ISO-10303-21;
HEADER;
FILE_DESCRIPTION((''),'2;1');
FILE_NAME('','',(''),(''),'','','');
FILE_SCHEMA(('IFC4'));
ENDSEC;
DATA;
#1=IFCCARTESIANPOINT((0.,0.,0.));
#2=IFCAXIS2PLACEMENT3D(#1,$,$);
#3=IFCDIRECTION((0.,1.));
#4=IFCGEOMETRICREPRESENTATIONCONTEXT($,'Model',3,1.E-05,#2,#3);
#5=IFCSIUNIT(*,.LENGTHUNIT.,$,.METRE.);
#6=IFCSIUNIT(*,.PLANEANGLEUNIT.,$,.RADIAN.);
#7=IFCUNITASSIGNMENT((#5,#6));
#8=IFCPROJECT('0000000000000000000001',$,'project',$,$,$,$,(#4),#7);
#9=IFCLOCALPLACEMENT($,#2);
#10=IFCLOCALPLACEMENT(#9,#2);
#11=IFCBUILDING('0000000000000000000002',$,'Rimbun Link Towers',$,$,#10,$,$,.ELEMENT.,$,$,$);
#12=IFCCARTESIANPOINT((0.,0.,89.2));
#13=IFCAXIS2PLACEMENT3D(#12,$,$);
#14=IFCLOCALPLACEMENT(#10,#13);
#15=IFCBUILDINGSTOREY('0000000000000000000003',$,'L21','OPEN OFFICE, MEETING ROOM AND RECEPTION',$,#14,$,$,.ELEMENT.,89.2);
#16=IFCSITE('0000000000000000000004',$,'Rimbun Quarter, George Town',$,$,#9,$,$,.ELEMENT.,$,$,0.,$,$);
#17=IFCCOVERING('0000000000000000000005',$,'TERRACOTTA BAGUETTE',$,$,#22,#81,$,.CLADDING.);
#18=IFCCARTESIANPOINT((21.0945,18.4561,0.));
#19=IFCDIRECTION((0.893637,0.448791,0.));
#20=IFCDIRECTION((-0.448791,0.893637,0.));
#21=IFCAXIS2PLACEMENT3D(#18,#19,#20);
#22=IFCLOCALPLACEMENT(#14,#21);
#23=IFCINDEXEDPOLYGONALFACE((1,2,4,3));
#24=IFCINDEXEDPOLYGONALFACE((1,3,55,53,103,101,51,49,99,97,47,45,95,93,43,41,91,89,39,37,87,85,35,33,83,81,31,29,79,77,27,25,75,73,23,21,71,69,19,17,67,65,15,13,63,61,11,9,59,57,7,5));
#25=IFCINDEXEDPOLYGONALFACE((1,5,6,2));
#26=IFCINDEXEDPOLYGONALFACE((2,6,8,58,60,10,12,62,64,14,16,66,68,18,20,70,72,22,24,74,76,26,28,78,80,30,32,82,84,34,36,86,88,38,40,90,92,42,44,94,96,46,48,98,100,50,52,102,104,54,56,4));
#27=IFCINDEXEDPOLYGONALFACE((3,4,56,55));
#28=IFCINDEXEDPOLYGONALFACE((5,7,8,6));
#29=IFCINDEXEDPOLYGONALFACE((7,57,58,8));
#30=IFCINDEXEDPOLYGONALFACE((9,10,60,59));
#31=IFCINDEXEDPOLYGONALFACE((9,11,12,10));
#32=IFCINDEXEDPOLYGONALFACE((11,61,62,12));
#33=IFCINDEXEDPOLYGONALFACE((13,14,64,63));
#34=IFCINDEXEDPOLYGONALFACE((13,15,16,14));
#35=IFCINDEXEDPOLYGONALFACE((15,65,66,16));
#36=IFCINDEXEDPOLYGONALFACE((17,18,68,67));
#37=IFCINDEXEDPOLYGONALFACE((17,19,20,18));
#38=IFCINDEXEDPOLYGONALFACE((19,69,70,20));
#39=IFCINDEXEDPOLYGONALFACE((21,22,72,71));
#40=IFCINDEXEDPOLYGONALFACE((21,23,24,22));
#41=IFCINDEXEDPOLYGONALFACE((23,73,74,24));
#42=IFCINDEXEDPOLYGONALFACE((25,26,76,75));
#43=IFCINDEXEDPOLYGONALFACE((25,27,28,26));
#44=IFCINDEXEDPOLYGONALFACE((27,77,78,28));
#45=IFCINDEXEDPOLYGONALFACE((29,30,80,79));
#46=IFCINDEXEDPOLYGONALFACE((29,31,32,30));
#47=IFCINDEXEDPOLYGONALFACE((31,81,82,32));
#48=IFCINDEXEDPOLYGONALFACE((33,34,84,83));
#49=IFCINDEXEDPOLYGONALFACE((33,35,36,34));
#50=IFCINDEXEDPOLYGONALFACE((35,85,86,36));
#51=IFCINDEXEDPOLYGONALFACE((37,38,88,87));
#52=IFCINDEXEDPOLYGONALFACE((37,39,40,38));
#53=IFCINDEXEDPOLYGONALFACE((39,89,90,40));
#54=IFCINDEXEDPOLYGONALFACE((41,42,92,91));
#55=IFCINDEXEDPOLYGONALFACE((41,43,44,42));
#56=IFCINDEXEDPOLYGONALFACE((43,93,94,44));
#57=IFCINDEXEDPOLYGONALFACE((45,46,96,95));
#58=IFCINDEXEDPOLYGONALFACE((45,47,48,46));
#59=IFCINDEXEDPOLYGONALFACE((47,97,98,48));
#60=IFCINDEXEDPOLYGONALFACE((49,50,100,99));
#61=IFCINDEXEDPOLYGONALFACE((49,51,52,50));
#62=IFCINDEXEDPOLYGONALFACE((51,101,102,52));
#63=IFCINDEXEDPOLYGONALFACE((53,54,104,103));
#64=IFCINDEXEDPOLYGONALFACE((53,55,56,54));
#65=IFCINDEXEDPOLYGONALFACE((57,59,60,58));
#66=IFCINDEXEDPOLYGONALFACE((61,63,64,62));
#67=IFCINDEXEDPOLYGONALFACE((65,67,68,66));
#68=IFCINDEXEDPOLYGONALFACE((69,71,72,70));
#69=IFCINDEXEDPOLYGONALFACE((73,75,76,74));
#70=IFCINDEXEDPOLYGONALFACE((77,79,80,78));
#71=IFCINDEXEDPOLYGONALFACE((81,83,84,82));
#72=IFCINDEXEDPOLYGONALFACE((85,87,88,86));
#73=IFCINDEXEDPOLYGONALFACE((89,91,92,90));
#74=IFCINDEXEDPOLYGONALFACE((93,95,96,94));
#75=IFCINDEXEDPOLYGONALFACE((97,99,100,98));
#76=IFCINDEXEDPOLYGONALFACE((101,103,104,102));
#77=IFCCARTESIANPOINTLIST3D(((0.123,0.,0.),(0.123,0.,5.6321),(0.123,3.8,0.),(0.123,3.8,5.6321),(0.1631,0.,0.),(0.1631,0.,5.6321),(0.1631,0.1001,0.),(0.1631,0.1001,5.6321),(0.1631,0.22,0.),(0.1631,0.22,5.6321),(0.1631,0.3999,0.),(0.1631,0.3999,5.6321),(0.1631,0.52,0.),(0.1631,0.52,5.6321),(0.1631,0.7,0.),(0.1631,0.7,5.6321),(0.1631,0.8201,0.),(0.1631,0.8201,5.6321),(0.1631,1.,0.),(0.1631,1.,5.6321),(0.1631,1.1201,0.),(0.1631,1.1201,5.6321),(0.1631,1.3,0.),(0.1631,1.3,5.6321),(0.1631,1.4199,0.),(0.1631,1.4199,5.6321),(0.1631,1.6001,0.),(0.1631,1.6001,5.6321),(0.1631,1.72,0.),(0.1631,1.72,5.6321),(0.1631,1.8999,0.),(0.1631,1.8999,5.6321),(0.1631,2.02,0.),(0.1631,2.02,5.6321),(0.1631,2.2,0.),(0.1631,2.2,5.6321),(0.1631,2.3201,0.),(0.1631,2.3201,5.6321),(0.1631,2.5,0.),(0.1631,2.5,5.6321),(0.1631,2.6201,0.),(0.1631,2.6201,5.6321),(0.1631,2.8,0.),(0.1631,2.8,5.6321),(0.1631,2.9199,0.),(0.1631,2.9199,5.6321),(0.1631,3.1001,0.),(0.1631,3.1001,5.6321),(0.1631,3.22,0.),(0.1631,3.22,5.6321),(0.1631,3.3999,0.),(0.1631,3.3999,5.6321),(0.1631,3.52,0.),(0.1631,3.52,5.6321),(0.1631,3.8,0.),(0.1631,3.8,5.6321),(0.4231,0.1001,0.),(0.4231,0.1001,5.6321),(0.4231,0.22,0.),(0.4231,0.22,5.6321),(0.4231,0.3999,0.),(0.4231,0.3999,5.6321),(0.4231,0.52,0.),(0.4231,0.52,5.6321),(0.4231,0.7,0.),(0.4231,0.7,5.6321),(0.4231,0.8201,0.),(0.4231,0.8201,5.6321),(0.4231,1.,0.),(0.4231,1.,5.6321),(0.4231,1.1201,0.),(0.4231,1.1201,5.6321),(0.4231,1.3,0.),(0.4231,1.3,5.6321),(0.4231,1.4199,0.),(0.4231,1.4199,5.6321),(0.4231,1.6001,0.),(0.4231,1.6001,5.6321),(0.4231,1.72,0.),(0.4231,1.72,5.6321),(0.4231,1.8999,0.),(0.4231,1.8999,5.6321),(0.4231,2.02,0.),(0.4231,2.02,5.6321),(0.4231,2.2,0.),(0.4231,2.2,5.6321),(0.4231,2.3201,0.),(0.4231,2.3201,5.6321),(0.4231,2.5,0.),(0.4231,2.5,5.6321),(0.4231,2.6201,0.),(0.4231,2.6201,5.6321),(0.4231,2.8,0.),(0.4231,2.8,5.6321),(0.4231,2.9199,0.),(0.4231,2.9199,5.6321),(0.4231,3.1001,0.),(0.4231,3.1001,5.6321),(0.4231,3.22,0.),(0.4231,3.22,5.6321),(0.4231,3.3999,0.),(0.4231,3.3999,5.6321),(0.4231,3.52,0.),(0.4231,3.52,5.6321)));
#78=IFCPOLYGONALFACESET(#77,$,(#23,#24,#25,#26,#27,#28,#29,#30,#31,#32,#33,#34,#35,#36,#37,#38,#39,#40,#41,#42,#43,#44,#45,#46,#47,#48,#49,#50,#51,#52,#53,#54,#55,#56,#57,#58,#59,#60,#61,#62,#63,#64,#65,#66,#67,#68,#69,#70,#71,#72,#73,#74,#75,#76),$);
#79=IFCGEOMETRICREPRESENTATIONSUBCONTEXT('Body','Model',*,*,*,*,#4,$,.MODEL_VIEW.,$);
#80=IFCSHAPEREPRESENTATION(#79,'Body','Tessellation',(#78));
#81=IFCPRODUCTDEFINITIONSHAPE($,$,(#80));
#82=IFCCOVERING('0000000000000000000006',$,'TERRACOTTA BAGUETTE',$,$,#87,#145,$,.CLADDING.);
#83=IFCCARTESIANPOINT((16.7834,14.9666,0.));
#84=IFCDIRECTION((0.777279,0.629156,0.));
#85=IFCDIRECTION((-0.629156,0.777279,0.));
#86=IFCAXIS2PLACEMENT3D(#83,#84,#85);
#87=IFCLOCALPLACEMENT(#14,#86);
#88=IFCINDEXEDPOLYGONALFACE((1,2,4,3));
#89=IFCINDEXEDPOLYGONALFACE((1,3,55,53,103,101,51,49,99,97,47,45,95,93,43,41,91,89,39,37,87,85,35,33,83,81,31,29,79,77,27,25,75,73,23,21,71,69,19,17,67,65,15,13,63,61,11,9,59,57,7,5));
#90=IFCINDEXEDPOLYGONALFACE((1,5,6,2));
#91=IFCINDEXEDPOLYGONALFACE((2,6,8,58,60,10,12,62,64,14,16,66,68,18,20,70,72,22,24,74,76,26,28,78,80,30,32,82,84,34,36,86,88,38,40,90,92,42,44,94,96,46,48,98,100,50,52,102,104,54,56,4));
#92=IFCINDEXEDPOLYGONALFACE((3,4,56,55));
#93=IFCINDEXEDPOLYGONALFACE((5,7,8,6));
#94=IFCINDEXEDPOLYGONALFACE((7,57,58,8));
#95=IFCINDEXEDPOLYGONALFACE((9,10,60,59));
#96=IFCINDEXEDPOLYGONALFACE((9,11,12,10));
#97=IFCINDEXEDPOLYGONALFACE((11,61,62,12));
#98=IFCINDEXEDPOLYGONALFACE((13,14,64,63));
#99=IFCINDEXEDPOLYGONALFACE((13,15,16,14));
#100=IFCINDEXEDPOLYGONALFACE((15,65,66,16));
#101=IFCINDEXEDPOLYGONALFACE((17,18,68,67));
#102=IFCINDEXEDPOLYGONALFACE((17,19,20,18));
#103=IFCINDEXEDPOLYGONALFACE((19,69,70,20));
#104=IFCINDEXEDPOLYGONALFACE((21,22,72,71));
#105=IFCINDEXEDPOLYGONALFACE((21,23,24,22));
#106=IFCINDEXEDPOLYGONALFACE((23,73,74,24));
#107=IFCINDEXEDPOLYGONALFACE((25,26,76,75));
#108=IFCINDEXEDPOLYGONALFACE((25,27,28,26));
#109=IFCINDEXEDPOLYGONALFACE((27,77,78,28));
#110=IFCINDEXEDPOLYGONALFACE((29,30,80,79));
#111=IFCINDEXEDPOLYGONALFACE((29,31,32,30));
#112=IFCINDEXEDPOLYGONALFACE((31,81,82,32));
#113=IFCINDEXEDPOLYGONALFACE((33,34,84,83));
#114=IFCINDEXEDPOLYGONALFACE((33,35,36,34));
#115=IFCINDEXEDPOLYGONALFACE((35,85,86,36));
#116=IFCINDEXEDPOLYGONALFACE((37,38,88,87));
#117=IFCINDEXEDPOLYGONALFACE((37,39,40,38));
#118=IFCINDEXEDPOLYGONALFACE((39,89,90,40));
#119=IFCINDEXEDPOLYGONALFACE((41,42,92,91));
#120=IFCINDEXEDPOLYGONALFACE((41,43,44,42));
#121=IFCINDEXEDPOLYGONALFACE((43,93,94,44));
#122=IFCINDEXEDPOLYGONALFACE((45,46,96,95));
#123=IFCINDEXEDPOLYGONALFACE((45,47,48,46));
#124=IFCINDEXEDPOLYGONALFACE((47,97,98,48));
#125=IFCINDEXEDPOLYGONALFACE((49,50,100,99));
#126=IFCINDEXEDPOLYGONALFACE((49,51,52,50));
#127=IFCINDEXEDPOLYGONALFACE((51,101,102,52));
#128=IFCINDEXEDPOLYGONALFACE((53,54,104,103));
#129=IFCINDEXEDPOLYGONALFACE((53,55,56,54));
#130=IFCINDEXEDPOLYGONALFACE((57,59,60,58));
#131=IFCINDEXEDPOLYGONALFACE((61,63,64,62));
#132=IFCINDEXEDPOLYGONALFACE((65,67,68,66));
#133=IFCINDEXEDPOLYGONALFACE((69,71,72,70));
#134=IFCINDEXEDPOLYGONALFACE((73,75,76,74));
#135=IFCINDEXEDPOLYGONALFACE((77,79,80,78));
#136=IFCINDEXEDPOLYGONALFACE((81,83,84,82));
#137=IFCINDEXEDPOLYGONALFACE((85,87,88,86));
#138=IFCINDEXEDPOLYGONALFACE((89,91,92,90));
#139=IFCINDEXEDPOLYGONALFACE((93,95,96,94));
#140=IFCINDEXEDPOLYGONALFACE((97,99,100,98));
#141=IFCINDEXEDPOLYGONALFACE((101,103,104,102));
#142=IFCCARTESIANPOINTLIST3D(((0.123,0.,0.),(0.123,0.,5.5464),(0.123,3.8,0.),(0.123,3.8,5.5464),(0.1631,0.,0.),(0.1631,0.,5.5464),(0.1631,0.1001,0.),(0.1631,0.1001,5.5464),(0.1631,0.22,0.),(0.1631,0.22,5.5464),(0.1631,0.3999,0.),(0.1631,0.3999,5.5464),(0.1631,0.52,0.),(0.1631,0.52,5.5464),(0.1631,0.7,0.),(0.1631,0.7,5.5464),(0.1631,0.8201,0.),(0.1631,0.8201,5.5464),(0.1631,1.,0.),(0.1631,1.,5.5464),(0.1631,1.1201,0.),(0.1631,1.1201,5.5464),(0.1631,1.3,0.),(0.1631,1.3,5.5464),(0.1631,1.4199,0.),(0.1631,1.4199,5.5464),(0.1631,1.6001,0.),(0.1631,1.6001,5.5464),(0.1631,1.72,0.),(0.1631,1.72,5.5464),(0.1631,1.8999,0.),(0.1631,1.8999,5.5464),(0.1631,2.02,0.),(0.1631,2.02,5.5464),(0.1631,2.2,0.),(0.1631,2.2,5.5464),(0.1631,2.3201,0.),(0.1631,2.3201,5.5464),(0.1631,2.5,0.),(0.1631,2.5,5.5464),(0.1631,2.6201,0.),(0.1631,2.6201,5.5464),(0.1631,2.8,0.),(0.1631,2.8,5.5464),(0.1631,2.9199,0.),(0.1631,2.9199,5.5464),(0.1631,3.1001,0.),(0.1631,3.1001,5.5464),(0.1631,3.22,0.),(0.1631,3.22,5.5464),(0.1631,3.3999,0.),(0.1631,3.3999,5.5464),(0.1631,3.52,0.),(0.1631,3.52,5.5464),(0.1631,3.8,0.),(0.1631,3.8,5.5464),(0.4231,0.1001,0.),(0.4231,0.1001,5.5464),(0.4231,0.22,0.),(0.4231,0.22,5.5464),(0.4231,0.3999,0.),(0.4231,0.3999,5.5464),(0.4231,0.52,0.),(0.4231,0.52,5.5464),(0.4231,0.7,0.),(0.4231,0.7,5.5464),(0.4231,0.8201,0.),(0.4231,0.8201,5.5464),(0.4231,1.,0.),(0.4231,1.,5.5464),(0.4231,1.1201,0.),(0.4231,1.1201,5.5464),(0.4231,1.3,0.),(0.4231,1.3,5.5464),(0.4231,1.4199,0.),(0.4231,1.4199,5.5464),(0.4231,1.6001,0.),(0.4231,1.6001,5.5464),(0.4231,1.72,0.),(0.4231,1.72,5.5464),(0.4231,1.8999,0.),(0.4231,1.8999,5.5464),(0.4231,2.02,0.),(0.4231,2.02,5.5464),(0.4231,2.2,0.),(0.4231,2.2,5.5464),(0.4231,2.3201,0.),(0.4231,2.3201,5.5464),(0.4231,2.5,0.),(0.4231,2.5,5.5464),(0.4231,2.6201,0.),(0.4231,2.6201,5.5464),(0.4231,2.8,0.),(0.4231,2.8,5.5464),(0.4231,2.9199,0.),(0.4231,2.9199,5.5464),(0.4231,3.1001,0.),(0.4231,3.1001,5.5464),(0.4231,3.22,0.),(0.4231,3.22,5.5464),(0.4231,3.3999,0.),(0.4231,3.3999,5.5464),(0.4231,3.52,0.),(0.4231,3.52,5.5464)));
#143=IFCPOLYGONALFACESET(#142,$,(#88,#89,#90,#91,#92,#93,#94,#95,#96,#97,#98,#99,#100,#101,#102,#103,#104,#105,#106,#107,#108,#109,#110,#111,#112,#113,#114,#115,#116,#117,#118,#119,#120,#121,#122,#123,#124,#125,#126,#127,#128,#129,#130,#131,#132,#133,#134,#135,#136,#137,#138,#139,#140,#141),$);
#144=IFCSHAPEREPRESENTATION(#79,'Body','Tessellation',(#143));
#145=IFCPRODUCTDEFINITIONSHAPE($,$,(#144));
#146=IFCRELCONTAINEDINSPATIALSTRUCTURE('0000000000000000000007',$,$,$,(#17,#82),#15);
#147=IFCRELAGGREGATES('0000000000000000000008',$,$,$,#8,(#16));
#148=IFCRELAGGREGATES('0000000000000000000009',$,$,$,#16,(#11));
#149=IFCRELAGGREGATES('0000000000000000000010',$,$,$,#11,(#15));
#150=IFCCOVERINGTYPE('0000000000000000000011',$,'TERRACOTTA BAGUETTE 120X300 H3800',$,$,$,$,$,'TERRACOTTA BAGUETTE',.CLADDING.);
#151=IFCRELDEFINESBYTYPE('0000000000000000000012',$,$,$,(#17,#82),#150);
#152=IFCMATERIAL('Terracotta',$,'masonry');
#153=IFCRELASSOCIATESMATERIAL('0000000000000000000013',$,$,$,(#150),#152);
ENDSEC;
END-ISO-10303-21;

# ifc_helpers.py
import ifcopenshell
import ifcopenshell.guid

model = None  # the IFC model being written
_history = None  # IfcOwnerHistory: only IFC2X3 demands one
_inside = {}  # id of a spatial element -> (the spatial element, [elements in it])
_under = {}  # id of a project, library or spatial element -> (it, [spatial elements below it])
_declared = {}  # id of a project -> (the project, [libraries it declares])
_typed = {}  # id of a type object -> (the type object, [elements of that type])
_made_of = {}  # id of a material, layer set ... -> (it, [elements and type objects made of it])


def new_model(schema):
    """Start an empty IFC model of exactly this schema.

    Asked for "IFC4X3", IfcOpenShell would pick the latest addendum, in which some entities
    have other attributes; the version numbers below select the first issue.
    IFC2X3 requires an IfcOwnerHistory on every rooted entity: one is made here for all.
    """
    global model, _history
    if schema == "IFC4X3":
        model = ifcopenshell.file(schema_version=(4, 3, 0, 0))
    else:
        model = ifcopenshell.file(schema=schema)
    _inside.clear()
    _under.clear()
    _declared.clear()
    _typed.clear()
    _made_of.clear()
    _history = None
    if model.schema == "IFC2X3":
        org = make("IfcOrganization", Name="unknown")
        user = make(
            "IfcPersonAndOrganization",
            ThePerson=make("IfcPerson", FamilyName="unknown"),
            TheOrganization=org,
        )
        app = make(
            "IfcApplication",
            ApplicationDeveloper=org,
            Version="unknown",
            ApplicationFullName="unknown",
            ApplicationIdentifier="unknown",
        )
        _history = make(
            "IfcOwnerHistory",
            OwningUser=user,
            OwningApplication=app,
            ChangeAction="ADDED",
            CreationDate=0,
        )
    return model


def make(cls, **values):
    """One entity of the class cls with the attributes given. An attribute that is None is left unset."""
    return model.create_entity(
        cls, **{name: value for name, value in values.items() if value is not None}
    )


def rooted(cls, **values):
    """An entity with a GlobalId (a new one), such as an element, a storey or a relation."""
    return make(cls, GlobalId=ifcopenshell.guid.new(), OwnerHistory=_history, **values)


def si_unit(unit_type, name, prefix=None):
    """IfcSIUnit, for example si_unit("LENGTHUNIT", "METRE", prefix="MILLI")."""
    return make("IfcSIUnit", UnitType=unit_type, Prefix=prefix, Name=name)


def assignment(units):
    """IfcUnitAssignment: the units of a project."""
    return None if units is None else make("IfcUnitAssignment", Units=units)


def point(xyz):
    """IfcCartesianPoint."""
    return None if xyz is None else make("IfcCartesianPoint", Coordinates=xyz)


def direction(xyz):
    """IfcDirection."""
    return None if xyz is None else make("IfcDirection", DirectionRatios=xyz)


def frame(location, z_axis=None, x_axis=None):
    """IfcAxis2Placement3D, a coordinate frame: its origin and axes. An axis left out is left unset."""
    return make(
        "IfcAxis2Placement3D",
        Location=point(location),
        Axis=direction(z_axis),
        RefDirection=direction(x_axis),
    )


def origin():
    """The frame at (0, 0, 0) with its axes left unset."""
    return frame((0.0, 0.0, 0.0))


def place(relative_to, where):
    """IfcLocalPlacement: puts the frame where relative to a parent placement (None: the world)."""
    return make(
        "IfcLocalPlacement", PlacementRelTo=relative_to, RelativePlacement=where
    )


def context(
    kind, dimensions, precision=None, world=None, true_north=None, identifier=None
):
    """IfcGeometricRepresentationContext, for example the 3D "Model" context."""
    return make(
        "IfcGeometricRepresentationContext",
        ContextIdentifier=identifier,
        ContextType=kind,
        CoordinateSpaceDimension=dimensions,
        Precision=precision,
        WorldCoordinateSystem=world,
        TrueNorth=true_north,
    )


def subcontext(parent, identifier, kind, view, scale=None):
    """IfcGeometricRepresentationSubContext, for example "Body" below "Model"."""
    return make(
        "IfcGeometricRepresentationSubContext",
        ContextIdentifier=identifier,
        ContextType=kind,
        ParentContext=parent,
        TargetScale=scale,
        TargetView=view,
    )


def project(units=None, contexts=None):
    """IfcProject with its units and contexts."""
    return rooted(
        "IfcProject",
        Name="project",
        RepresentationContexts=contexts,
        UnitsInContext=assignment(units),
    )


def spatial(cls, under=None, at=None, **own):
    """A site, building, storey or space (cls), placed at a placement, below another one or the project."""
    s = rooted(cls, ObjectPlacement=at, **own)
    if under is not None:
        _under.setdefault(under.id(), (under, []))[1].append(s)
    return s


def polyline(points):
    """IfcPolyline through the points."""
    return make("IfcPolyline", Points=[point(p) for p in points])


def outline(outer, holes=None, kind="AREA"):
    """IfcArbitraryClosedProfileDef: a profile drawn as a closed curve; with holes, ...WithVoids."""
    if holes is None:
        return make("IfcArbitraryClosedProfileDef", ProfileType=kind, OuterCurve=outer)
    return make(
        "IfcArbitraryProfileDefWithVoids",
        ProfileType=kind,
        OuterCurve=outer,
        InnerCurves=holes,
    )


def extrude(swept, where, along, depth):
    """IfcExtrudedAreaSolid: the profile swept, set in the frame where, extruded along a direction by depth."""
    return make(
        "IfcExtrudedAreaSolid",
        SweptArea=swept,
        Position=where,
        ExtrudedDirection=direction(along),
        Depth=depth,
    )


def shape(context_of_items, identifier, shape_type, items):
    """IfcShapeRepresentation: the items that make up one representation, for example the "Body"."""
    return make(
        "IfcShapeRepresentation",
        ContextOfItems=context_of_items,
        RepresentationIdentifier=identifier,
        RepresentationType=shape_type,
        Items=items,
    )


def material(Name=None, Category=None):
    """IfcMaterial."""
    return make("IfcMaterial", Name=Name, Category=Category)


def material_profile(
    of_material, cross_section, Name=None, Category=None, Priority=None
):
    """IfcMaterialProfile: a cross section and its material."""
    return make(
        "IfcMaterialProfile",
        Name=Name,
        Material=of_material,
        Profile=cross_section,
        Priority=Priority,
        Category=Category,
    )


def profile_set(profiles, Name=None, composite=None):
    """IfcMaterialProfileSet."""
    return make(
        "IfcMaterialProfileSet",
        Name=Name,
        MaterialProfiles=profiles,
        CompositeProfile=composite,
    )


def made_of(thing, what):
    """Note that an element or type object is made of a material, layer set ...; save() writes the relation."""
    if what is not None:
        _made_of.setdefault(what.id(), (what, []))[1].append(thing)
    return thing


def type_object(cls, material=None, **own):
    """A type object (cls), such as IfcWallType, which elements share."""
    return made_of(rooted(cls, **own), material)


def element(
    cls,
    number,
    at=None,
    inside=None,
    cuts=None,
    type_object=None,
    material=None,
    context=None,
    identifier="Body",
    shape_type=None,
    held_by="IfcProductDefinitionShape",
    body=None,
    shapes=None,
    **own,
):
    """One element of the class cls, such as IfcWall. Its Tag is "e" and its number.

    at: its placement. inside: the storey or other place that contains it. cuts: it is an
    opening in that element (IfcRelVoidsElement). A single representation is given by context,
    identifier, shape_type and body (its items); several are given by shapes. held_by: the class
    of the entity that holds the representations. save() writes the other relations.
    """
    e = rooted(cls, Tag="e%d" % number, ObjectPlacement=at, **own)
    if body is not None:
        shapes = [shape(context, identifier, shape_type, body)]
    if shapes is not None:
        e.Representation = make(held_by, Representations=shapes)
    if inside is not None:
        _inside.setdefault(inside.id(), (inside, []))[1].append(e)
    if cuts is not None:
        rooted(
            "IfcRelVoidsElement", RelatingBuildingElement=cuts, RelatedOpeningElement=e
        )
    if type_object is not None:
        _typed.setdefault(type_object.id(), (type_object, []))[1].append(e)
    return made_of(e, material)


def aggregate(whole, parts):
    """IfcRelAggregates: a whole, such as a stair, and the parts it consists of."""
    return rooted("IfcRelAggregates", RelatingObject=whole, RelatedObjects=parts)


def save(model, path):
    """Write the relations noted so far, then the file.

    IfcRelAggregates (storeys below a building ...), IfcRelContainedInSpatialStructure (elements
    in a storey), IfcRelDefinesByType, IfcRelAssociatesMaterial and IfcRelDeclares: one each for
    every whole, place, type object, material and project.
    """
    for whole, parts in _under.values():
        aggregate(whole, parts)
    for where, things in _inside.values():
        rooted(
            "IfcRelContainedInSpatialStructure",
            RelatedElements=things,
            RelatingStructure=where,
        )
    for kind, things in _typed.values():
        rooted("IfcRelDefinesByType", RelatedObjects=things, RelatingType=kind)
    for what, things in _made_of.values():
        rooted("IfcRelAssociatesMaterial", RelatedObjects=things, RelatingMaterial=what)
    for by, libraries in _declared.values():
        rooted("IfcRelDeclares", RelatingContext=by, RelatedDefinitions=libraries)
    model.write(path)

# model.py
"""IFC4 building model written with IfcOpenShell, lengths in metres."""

from ifc_helpers import new_model, si_unit, direction, frame, origin, place, context, subcontext, project, spatial, polyline, outline, extrude, material, material_profile, profile_set, type_object, element, save


model = new_model("IFC4")

# Units and contexts
model_context = context("Model", 3, precision=1e-05, world=origin(), true_north=direction((0.0, 1.0)))
body_context = subcontext(model_context, "Body", "Model", "MODEL_VIEW")
ifc_project = project(units=[si_unit("LENGTHUNIT", "METRE"), si_unit("PLANEANGLEUNIT", "RADIAN")], contexts=[model_context])

# Site, building, storey
site_placement = place(None, origin())
site = spatial("IfcSite", under=ifc_project, at=site_placement, Name="Rimbun Quarter, George Town", CompositionType="ELEMENT", RefElevation=0.0)
building_placement = place(site_placement, origin())
building = spatial("IfcBuilding", under=site, at=building_placement, Name="Rimbun Link Towers", CompositionType="ELEMENT")
storey_placement = place(building_placement, frame((0.0, 0.0, 89.2)))
storey = spatial("IfcBuildingStorey", under=building, at=storey_placement, Name="L21", Description="OPEN OFFICE, MEETING ROOM AND RECEPTION", CompositionType="ELEMENT", Elevation=89.2)

# Coverings
ifc_material_1 = material(Name="Terracotta", Category="masonry")
ifc_material_profile_1 = material_profile(ifc_material_1, outline(polyline([(0.123, 0.0), (0.1631, 0.0), (0.1631, 0.1001), (0.4231, 0.1001), (0.4231, 0.22), (0.1631, 0.22), (0.1631, 0.3999), (0.4231, 0.3999), (0.4231, 0.52), (0.1631, 0.52), (0.1631, 0.7), (0.4231, 0.7), (0.4231, 0.8201), (0.1631, 0.8201), (0.1631, 1.0), (0.4231, 1.0), (0.4231, 1.1201), (0.1631, 1.1201), (0.1631, 1.3), (0.4231, 1.3), (0.4231, 1.4199), (0.1631, 1.4199), (0.1631, 1.6001), (0.4231, 1.6001), (0.4231, 1.72), (0.1631, 1.72), (0.1631, 1.8999), (0.4231, 1.8999), (0.4231, 2.02), (0.1631, 2.02), (0.1631, 2.2), (0.4231, 2.2), (0.4231, 2.3201), (0.1631, 2.3201), (0.1631, 2.5), (0.4231, 2.5), (0.4231, 2.6201), (0.1631, 2.6201), (0.1631, 2.8), (0.4231, 2.8), (0.4231, 2.9199), (0.1631, 2.9199), (0.1631, 3.1001), (0.4231, 3.1001), (0.4231, 3.22), (0.1631, 3.22), (0.1631, 3.3999), (0.4231, 3.3999), (0.4231, 3.52), (0.1631, 3.52), (0.1631, 3.8), (0.123, 3.8), (0.123, 0.0)])), Name="BAGUETTE 120X300")
ifc_profile_set_1 = profile_set([ifc_material_profile_1], Name="Terracotta")
covering_type = type_object("IfcCoveringType", Name="TERRACOTTA BAGUETTE 120X300 H3800", ElementType="TERRACOTTA BAGUETTE", PredefinedType="CLADDING", material=ifc_profile_set_1)
covering_1_placement = place(storey_placement, frame((21.0945, 18.4561, 0.0), z_axis=(0.893637, 0.448791, 0.0), x_axis=(-0.448791, 0.893637, 0.0)))
element("IfcCovering", 1, at=covering_1_placement, inside=storey, type_object=covering_type, Name="TERRACOTTA BAGUETTE", PredefinedType="CLADDING", context=body_context, shape_type="SweptSolid", body=[
    extrude(outline(polyline([(0.123, 0.0), (0.1631, 0.0), (0.1631, 0.1001), (0.4231, 0.1001), (0.4231, 0.22), (0.1631, 0.22), (0.1631, 0.3999), (0.4231, 0.3999), (0.4231, 0.52), (0.1631, 0.52), (0.1631, 0.7), (0.4231, 0.7), (0.4231, 0.8201), (0.1631, 0.8201), (0.1631, 1.0), (0.4231, 1.0), (0.4231, 1.1201), (0.1631, 1.1201), (0.1631, 1.3), (0.4231, 1.3), (0.4231, 1.4199), (0.1631, 1.4199), (0.1631, 1.6001), (0.4231, 1.6001), (0.4231, 1.72), (0.1631, 1.72), (0.1631, 1.8999), (0.4231, 1.8999), (0.4231, 2.02), (0.1631, 2.02), (0.1631, 2.2), (0.4231, 2.2), (0.4231, 2.3201), (0.1631, 2.3201), (0.1631, 2.5), (0.4231, 2.5), (0.4231, 2.6201), (0.1631, 2.6201), (0.1631, 2.8), (0.4231, 2.8), (0.4231, 2.9199), (0.1631, 2.9199), (0.1631, 3.1001), (0.4231, 3.1001), (0.4231, 3.22), (0.1631, 3.22), (0.1631, 3.3999), (0.4231, 3.3999), (0.4231, 3.52), (0.1631, 3.52), (0.1631, 3.8), (0.123, 3.8), (0.123, 0.0)])), origin(), (0.0, 0.0, 1.0), 5.6321),
])
covering_2_placement = place(storey_placement, frame((16.7834, 14.9666, 0.0), z_axis=(0.777279, 0.629156, 0.0), x_axis=(-0.629156, 0.777279, 0.0)))
element("IfcCovering", 2, at=covering_2_placement, inside=storey, type_object=covering_type, Name="TERRACOTTA BAGUETTE", PredefinedType="CLADDING", context=body_context, shape_type="SweptSolid", body=[
    extrude(outline(polyline([(0.123, 0.0), (0.1631, 0.0), (0.1631, 0.1001), (0.4231, 0.1001), (0.4231, 0.22), (0.1631, 0.22), (0.1631, 0.3999), (0.4231, 0.3999), (0.4231, 0.52), (0.1631, 0.52), (0.1631, 0.7), (0.4231, 0.7), (0.4231, 0.8201), (0.1631, 0.8201), (0.1631, 1.0), (0.4231, 1.0), (0.4231, 1.1201), (0.1631, 1.1201), (0.1631, 1.3), (0.4231, 1.3), (0.4231, 1.4199), (0.1631, 1.4199), (0.1631, 1.6001), (0.4231, 1.6001), (0.4231, 1.72), (0.1631, 1.72), (0.1631, 1.8999), (0.4231, 1.8999), (0.4231, 2.02), (0.1631, 2.02), (0.1631, 2.2), (0.4231, 2.2), (0.4231, 2.3201), (0.1631, 2.3201), (0.1631, 2.5), (0.4231, 2.5), (0.4231, 2.6201), (0.1631, 2.6201), (0.1631, 2.8), (0.4231, 2.8), (0.4231, 2.9199), (0.1631, 2.9199), (0.1631, 3.1001), (0.4231, 3.1001), (0.4231, 3.22), (0.1631, 3.22), (0.1631, 3.3999), (0.4231, 3.3999), (0.4231, 3.52), (0.1631, 3.52), (0.1631, 3.8), (0.123, 3.8), (0.123, 0.0)])), origin(), (0.0, 0.0, 1.0), 5.5464),
])

save(model, "model.ifc")
